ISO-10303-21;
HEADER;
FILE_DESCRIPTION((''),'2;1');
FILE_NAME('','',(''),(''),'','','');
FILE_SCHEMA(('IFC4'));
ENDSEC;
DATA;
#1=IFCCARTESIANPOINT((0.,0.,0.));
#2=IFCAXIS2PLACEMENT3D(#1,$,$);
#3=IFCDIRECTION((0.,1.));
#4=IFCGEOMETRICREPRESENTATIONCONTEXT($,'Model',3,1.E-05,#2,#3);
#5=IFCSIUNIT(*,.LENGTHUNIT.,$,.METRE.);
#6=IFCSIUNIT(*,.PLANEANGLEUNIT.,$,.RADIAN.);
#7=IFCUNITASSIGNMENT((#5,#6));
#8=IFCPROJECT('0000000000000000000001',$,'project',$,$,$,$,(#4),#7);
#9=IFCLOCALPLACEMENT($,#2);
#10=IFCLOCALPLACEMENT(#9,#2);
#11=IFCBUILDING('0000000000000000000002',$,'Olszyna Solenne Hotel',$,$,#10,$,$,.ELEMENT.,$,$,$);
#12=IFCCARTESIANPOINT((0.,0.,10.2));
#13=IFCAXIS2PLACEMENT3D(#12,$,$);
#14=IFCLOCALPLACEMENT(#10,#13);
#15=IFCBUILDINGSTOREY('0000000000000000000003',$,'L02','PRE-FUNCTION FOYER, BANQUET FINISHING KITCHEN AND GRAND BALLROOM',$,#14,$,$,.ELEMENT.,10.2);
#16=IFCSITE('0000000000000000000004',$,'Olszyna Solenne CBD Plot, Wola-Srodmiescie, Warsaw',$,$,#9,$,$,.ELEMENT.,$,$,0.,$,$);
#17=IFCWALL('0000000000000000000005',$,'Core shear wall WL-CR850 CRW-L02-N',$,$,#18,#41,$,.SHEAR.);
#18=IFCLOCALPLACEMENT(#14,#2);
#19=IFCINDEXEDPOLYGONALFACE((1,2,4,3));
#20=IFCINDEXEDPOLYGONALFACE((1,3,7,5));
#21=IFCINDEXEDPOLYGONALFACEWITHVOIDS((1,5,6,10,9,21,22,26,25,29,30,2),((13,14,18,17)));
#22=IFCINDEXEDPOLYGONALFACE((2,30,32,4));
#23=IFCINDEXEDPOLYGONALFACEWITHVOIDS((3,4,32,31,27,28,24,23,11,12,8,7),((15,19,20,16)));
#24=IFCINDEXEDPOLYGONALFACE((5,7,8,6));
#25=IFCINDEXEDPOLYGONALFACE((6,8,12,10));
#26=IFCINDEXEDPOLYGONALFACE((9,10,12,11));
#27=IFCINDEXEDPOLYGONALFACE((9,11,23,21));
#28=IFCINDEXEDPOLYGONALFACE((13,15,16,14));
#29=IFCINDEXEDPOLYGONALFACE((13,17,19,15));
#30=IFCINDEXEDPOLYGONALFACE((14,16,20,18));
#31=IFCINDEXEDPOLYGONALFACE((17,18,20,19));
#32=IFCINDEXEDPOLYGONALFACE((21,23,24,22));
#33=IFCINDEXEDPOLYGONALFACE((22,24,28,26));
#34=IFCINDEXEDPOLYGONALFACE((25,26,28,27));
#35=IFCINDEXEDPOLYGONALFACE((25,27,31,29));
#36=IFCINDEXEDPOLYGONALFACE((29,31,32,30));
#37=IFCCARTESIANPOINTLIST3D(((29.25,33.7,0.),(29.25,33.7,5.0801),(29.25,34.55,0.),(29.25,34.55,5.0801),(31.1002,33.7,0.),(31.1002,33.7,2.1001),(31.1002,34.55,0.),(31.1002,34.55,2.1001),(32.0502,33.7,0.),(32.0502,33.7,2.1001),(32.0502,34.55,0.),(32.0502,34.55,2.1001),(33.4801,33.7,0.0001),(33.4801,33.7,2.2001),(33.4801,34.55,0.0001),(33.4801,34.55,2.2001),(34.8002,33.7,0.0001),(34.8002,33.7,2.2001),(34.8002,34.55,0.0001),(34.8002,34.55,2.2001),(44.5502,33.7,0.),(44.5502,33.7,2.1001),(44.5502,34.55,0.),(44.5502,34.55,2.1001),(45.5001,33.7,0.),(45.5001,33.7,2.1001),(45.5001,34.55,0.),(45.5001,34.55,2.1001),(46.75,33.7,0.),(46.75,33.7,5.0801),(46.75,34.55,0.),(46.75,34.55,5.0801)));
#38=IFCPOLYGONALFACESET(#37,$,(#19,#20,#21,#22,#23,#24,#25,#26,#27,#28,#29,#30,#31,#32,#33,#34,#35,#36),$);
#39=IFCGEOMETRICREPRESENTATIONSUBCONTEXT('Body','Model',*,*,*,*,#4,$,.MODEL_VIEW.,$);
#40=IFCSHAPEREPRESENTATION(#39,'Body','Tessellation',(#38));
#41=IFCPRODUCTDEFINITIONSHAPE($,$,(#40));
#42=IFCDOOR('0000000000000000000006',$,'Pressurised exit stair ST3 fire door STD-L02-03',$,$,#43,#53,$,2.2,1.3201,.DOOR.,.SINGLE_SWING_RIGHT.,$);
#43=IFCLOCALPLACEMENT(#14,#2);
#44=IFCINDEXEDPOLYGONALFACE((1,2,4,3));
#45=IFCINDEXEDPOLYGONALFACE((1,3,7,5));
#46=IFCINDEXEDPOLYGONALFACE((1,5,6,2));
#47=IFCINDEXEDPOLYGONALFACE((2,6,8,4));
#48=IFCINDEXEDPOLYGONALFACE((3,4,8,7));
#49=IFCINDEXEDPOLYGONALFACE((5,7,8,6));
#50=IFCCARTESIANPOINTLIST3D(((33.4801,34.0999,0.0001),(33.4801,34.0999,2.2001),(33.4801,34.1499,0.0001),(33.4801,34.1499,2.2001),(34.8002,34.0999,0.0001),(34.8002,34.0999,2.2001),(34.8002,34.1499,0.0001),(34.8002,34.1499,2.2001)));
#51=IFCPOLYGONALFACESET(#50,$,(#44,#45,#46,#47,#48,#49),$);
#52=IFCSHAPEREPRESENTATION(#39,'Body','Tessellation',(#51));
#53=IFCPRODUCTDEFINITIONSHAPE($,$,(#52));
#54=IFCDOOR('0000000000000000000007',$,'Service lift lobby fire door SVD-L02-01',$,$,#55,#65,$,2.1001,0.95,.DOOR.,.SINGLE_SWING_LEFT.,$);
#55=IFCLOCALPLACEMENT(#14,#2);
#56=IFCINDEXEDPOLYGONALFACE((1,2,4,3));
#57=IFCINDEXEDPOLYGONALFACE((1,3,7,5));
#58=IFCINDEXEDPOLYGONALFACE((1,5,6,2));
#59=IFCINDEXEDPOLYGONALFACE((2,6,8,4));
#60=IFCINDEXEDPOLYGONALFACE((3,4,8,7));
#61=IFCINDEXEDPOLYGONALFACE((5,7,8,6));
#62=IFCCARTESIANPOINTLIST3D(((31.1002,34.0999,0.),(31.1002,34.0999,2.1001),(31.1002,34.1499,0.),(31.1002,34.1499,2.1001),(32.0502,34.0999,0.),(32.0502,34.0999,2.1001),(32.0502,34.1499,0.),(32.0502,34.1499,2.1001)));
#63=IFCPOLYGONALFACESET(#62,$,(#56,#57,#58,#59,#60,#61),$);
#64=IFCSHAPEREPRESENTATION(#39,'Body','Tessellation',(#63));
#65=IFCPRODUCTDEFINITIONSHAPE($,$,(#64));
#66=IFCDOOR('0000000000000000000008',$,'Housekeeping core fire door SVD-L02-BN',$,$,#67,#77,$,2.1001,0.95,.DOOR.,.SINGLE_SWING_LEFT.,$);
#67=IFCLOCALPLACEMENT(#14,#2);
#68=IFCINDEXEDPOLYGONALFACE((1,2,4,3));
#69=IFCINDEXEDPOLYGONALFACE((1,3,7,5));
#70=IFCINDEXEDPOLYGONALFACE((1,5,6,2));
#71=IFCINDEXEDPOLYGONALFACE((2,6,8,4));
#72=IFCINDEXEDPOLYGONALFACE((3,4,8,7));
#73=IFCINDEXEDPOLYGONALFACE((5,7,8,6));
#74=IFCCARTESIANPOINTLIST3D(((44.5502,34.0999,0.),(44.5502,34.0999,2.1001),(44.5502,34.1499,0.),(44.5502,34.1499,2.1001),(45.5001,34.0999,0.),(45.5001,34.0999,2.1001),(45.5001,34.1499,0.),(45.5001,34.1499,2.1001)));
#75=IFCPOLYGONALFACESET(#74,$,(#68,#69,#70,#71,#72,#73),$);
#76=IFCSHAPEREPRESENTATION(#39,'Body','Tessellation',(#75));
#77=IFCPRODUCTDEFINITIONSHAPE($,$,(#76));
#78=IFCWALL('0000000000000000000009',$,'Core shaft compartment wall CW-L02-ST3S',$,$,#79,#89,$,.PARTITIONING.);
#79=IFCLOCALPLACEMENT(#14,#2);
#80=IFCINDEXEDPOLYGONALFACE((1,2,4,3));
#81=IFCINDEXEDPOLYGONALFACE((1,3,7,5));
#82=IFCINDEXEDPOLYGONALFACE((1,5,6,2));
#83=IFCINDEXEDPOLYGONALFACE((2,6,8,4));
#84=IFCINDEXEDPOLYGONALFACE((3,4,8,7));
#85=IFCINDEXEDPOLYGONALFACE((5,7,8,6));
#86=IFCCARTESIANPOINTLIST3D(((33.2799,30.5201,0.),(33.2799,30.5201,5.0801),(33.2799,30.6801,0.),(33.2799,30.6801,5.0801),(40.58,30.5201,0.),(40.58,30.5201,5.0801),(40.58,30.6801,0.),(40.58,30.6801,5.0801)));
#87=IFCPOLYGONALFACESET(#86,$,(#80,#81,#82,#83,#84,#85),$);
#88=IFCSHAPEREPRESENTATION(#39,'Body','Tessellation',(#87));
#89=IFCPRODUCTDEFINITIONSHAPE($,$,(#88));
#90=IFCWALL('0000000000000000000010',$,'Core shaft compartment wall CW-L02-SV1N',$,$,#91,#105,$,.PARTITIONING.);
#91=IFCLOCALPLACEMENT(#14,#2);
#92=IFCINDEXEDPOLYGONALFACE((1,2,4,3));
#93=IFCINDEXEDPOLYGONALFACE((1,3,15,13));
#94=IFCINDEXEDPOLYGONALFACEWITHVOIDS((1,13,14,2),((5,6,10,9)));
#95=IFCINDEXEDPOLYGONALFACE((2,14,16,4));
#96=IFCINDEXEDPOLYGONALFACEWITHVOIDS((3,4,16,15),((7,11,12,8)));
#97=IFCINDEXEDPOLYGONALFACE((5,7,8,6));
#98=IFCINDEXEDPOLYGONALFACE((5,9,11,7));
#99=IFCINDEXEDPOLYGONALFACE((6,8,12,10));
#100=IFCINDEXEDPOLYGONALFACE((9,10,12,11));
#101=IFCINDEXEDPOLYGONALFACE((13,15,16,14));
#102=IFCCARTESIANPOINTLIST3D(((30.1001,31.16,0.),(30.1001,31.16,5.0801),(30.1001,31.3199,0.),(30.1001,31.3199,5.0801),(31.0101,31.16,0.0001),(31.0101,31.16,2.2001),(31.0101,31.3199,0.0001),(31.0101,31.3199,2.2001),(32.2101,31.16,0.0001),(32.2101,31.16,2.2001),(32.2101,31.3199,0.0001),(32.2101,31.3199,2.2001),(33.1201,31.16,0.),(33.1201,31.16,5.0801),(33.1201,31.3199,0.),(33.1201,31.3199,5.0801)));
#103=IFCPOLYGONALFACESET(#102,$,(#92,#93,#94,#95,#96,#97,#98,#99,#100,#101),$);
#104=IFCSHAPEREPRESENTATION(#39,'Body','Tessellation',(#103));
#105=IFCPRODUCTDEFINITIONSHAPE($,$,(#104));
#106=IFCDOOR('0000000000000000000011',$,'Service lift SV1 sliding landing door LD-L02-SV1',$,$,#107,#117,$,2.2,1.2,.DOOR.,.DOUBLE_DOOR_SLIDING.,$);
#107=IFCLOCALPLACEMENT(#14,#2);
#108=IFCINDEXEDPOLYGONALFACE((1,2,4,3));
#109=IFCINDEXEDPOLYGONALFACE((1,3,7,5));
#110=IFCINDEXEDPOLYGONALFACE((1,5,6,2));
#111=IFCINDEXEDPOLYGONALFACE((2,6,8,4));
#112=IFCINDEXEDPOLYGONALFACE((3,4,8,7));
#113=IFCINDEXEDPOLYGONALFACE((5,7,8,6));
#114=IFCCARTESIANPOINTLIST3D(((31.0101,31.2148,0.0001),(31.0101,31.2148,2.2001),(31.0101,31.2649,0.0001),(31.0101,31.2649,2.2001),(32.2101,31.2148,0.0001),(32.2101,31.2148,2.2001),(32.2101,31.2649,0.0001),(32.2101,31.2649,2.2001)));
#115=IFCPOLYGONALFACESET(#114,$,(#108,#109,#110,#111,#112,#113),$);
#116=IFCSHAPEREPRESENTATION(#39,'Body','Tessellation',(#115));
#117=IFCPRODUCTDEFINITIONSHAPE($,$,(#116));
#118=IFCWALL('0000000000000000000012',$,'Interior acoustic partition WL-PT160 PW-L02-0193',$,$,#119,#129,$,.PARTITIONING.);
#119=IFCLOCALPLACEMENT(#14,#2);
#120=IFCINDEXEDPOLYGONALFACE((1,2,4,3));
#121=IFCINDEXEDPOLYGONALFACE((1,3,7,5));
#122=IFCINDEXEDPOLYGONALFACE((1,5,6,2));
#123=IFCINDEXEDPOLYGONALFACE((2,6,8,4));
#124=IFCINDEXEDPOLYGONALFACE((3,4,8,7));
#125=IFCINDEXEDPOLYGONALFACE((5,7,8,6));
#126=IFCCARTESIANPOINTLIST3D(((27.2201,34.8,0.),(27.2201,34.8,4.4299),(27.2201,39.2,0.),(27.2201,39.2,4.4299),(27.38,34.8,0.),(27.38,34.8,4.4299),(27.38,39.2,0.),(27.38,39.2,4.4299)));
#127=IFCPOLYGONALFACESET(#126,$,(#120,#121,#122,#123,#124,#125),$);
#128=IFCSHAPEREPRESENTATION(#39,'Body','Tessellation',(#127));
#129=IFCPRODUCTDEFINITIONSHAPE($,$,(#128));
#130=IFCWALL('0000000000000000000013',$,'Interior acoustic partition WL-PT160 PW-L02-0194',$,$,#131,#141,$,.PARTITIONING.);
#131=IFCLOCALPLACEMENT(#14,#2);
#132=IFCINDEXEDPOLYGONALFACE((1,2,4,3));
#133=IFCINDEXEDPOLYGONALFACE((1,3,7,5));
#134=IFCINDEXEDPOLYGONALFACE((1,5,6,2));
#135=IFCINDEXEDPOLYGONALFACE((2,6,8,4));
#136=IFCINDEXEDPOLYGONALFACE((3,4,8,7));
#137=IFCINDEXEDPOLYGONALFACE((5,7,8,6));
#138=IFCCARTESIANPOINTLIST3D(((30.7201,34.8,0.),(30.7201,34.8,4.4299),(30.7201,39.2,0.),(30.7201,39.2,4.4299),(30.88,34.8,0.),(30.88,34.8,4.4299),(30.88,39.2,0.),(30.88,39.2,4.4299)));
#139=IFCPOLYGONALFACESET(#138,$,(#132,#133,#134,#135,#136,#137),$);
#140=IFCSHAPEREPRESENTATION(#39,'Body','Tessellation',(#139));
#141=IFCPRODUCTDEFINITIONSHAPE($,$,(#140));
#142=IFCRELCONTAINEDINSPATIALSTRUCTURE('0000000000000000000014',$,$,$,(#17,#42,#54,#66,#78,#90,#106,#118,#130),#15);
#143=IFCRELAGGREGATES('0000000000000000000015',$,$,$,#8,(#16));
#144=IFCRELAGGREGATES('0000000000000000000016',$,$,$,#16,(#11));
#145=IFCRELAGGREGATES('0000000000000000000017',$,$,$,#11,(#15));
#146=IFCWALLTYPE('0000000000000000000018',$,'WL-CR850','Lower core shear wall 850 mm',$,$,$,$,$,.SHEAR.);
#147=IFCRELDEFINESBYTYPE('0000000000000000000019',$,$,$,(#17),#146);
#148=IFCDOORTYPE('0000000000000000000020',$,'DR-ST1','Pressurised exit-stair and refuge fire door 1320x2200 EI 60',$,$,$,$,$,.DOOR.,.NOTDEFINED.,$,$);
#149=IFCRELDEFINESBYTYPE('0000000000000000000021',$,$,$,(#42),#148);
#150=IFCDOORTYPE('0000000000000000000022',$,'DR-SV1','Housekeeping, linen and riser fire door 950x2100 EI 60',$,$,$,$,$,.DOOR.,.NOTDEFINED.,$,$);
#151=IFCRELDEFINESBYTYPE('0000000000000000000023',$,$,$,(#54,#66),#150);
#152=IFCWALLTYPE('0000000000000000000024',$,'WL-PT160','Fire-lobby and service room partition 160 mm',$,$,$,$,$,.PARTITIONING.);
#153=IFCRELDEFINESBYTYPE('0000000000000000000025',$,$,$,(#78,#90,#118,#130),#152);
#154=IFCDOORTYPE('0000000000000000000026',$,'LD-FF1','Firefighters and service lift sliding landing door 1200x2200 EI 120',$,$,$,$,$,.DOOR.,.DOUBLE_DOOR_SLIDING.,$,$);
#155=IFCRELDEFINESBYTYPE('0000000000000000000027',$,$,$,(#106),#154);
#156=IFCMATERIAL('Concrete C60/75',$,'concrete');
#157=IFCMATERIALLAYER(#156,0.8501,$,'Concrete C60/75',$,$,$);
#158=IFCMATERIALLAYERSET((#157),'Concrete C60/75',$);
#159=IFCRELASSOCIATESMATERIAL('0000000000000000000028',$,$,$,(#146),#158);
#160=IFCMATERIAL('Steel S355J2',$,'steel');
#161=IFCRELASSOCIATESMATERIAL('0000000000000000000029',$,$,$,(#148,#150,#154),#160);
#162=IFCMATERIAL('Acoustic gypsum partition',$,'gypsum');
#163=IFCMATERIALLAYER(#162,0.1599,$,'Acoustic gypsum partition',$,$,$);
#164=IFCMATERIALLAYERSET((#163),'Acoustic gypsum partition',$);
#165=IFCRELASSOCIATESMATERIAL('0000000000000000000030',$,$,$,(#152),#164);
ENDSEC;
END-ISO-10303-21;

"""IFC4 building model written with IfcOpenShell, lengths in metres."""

from ifc_helpers import new_model, si_unit, direction, frame, frame_2d, origin, place, context, subcontext, project, spatial, rectangle, extrude, source, transform, mapped, material, layer, layer_set, type_object, type_shapes, element, fill, save


model = new_model("IFC4")

# Units and contexts
model_context = context("Model", 3, precision=1e-05, world=origin(), true_north=direction((0.0, 1.0)))
body_context = subcontext(model_context, "Body", "Model", "MODEL_VIEW")
ifc_project = project(units=[si_unit("LENGTHUNIT", "METRE"), si_unit("PLANEANGLEUNIT", "RADIAN")], contexts=[model_context])

# Site, building, storey
site_placement = place(None, origin())
site = spatial("IfcSite", under=ifc_project, at=site_placement, Name="Olszyna Solenne CBD Plot, Wola-Srodmiescie, Warsaw", CompositionType="ELEMENT", RefElevation=0.0)
building_placement = place(site_placement, origin())
building = spatial("IfcBuilding", under=site, at=building_placement, Name="Olszyna Solenne Hotel", CompositionType="ELEMENT")
storey_placement = place(building_placement, frame((0.0, 0.0, 10.2)))
storey = spatial("IfcBuildingStorey", under=building, at=storey_placement, Name="L02", Description="PRE-FUNCTION FOYER, BANQUET FINISHING KITCHEN AND GRAND BALLROOM", CompositionType="ELEMENT", Elevation=10.2)

# Shared definitions
ifc_material_1 = material(Name="Concrete C60/75", Category="concrete")

# Shared definitions
ifc_material_2 = material(Name="Steel S355J2", Category="steel")

# Wall, openings, doors
ifc_layer_1 = layer(ifc_material_1, 0.8501, Name="Concrete C60/75")
ifc_layer_set_1 = layer_set([ifc_layer_1], Name="Concrete C60/75")
wall_type_1 = type_object("IfcWallType", Name="WL-CR850", Description="Lower core shear wall 850 mm", PredefinedType="SHEAR", material=ifc_layer_set_1)
wall_1_placement = place(storey_placement, frame((29.25, 34.125, 0.0), z_axis=(0.0, 0.0, 1.0), x_axis=(1.0, 0.0, 0.0)))
wall_1 = element("IfcWall", 1, at=wall_1_placement, inside=storey, type_object=wall_type_1, Name="Core shear wall WL-CR850 CRW-L02-N", PredefinedType="SHEAR", context=body_context, shape_type="SweptSolid", body=[
    extrude(rectangle(XDim=17.5, YDim=0.8501, at=frame_2d((8.75, 0.0))), origin(), (0.0, 0.0, 1.0), 5.0801),
])
opening_1_placement = place(wall_1_placement, frame((1.8501, 0.0, 0.0)))
opening_1 = element("IfcOpeningElement", 2, at=opening_1_placement, cuts=wall_1, PredefinedType="OPENING", context=body_context, shape_type="SweptSolid", body=[
    extrude(rectangle(XDim=0.95, YDim=2.1001, at=frame_2d((0.4751, 1.05))), frame((0.0, 0.4351, 0.0), z_axis=(0.0, -1.0, 0.0), x_axis=(1.0, 0.0, 0.0)), (0.0, 0.0, 1.0), 0.8701),
])
opening_2_placement = place(wall_1_placement, frame((4.23, 0.0, 0.0)))
opening_2 = element("IfcOpeningElement", 3, at=opening_2_placement, cuts=wall_1, PredefinedType="OPENING", context=body_context, shape_type="SweptSolid", body=[
    extrude(rectangle(XDim=1.3201, YDim=2.2, at=frame_2d((0.6602, 1.1001))), frame((0.0, 0.4351, 0.0), z_axis=(0.0, -1.0, 0.0), x_axis=(1.0, 0.0, 0.0)), (0.0, 0.0, 1.0), 0.8701),
])
opening_3_placement = place(wall_1_placement, frame((15.3, 0.0, 0.0)))
opening_3 = element("IfcOpeningElement", 4, at=opening_3_placement, cuts=wall_1, PredefinedType="OPENING", context=body_context, shape_type="SweptSolid", body=[
    extrude(rectangle(XDim=0.95, YDim=2.1001, at=frame_2d((0.4751, 1.05))), frame((0.0, 0.4351, 0.0), z_axis=(0.0, -1.0, 0.0), x_axis=(1.0, 0.0, 0.0)), (0.0, 0.0, 1.0), 0.8701),
])
door_type_1 = type_object("IfcDoorType", Name="DR-ST1", Description="Pressurised exit-stair and refuge fire door 1320x2200 EI 60", OperationType="NOTDEFINED", PredefinedType="DOOR", material=ifc_material_2)
shared_shape_1 = source(origin(), body_context, "Body", "SweptSolid", [
    extrude(rectangle(XDim=1.3201, YDim=2.2, at=frame_2d((0.6602, 1.1001))), frame((0.0, 0.0249, 0.0), z_axis=(0.0, -1.0, 0.0), x_axis=(1.0, 0.0, 0.0)), (0.0, 0.0, 1.0), 0.05),
])
type_shapes(door_type_1, [shared_shape_1])
door_1_placement = place(opening_2_placement, origin())
door_1 = element("IfcDoor", 5, at=door_1_placement, inside=storey, type_object=door_type_1, Name="Pressurised exit stair ST3 fire door STD-L02-03", OperationType="SINGLE_SWING_RIGHT", OverallHeight=2.2, OverallWidth=1.3201, PredefinedType="DOOR", context=body_context, shape_type="MappedRepresentation", body=[
    mapped(shared_shape_1, transform((0.0, 0.0, 0.0), x_axis=(1.0, 0.0, 0.0), y_axis=(0.0, 1.0, 0.0), z_axis=(0.0, 0.0, 1.0), scale=1.0)),
])
fill(opening_2, door_1)
door_type_2 = type_object("IfcDoorType", Name="DR-SV1", Description="Housekeeping, linen and riser fire door 950x2100 EI 60", OperationType="NOTDEFINED", PredefinedType="DOOR", material=ifc_material_2)
shared_shape_2 = source(origin(), body_context, "Body", "SweptSolid", [
    extrude(rectangle(XDim=0.95, YDim=2.1001, at=frame_2d((0.4751, 1.05))), frame((0.0, 0.0249, 0.0), z_axis=(0.0, -1.0, 0.0), x_axis=(1.0, 0.0, 0.0)), (0.0, 0.0, 1.0), 0.05),
])
type_shapes(door_type_2, [shared_shape_2])
door_2_placement = place(opening_1_placement, origin())
door_2 = element("IfcDoor", 6, at=door_2_placement, inside=storey, type_object=door_type_2, Name="Service lift lobby fire door SVD-L02-01", OperationType="SINGLE_SWING_LEFT", OverallHeight=2.1001, OverallWidth=0.95, PredefinedType="DOOR", context=body_context, shape_type="MappedRepresentation", body=[
    mapped(shared_shape_2, transform((0.0, 0.0, 0.0), x_axis=(1.0, 0.0, 0.0), y_axis=(0.0, 1.0, 0.0), z_axis=(0.0, 0.0, 1.0), scale=1.0)),
])
fill(opening_1, door_2)
door_3_placement = place(opening_3_placement, origin())
door_3 = element("IfcDoor", 7, at=door_3_placement, inside=storey, type_object=door_type_2, Name="Housekeeping core fire door SVD-L02-BN", OperationType="SINGLE_SWING_LEFT", OverallHeight=2.1001, OverallWidth=0.95, PredefinedType="DOOR", context=body_context, shape_type="MappedRepresentation", body=[
    mapped(shared_shape_2, transform((0.0, 0.0, 0.0), x_axis=(1.0, 0.0, 0.0), y_axis=(0.0, 1.0, 0.0), z_axis=(0.0, 0.0, 1.0), scale=1.0)),
])
fill(opening_3, door_3)

# Wall
ifc_material_3 = material(Name="Acoustic gypsum partition", Category="gypsum")
ifc_layer_2 = layer(ifc_material_3, 0.1599, Name="Acoustic gypsum partition")
ifc_layer_set_2 = layer_set([ifc_layer_2], Name="Acoustic gypsum partition")
wall_type_2 = type_object("IfcWallType", Name="WL-PT160", Description="Fire-lobby and service room partition 160 mm", PredefinedType="PARTITIONING", material=ifc_layer_set_2)
wall_2_placement = place(storey_placement, frame((33.28, 30.6001, 0.0), z_axis=(0.0, 0.0, 1.0), x_axis=(1.0, 0.0, 0.0)))
element("IfcWall", 8, at=wall_2_placement, inside=storey, type_object=wall_type_2, Name="Core shaft compartment wall CW-L02-ST3S", PredefinedType="PARTITIONING", context=body_context, shape_type="SweptSolid", body=[
    extrude(rectangle(XDim=7.3, YDim=0.1599, at=frame_2d((3.6499, 0.0))), origin(), (0.0, 0.0, 1.0), 5.0801),
])

# Wall, opening, door
wall_3_placement = place(storey_placement, frame((30.1001, 31.24, 0.0), z_axis=(0.0, 0.0, 1.0), x_axis=(1.0, 0.0, 0.0)))
wall_3 = element("IfcWall", 9, at=wall_3_placement, inside=storey, type_object=wall_type_2, Name="Core shaft compartment wall CW-L02-SV1N", PredefinedType="PARTITIONING", context=body_context, shape_type="SweptSolid", body=[
    extrude(rectangle(XDim=3.02, YDim=0.1599, at=frame_2d((1.51, 0.0))), origin(), (0.0, 0.0, 1.0), 5.0801),
])
opening_4_placement = place(wall_3_placement, frame((0.9099, 0.0, 0.0)))
opening_4 = element("IfcOpeningElement", 10, at=opening_4_placement, cuts=wall_3, PredefinedType="OPENING", context=body_context, shape_type="SweptSolid", body=[
    extrude(rectangle(XDim=1.2, YDim=2.2, at=frame_2d((0.6001, 1.1001))), frame((0.0, 0.0898, 0.0), z_axis=(0.0, -1.0, 0.0), x_axis=(1.0, 0.0, 0.0)), (0.0, 0.0, 1.0), 0.1799),
])
door_type_3 = type_object("IfcDoorType", Name="LD-FF1", Description="Firefighters and service lift sliding landing door 1200x2200 EI 120", OperationType="DOUBLE_DOOR_SLIDING", PredefinedType="DOOR", material=ifc_material_2)
shared_shape_3 = source(origin(), body_context, "Body", "SweptSolid", [
    extrude(rectangle(XDim=1.2, YDim=2.2, at=frame_2d((0.6001, 1.1001))), frame((0.0, 0.0249, 0.0), z_axis=(0.0, -1.0, 0.0), x_axis=(1.0, 0.0, 0.0)), (0.0, 0.0, 1.0), 0.05),
])
type_shapes(door_type_3, [shared_shape_3])
door_4_placement = place(opening_4_placement, origin())
door_4 = element("IfcDoor", 11, at=door_4_placement, inside=storey, type_object=door_type_3, Name="Service lift SV1 sliding landing door LD-L02-SV1", OperationType="DOUBLE_DOOR_SLIDING", OverallHeight=2.2, OverallWidth=1.2, PredefinedType="DOOR", context=body_context, shape_type="MappedRepresentation", body=[
    mapped(shared_shape_3, transform((0.0, 0.0, 0.0), x_axis=(1.0, 0.0, 0.0), y_axis=(0.0, 1.0, 0.0), z_axis=(0.0, 0.0, 1.0), scale=1.0)),
])
fill(opening_4, door_4)

# Walls
for number, where, z_axis, x_axis, name in (
    (12, (27.3, 34.8, 0.0), (0.0, 0.0, 1.0), (0.0, 1.0, 0.0), "Interior acoustic partition WL-PT160 PW-L02-0193"),
    (13, (30.8, 34.8, 0.0), (0.0, 0.0, 1.0), (0.0, 1.0, 0.0), "Interior acoustic partition WL-PT160 PW-L02-0194"),
):
    element("IfcWall", number, at=place(storey_placement, frame(where, z_axis=z_axis, x_axis=x_axis)), inside=storey, type_object=wall_type_2, Name=name, PredefinedType="PARTITIONING", context=body_context, shape_type="SweptSolid", body=[
        extrude(rectangle(XDim=4.3999, YDim=0.1599, at=frame_2d((2.2, 0.0))), origin(), (0.0, 0.0, 1.0), 4.4299),
    ])

save(model, "model.ifc")
